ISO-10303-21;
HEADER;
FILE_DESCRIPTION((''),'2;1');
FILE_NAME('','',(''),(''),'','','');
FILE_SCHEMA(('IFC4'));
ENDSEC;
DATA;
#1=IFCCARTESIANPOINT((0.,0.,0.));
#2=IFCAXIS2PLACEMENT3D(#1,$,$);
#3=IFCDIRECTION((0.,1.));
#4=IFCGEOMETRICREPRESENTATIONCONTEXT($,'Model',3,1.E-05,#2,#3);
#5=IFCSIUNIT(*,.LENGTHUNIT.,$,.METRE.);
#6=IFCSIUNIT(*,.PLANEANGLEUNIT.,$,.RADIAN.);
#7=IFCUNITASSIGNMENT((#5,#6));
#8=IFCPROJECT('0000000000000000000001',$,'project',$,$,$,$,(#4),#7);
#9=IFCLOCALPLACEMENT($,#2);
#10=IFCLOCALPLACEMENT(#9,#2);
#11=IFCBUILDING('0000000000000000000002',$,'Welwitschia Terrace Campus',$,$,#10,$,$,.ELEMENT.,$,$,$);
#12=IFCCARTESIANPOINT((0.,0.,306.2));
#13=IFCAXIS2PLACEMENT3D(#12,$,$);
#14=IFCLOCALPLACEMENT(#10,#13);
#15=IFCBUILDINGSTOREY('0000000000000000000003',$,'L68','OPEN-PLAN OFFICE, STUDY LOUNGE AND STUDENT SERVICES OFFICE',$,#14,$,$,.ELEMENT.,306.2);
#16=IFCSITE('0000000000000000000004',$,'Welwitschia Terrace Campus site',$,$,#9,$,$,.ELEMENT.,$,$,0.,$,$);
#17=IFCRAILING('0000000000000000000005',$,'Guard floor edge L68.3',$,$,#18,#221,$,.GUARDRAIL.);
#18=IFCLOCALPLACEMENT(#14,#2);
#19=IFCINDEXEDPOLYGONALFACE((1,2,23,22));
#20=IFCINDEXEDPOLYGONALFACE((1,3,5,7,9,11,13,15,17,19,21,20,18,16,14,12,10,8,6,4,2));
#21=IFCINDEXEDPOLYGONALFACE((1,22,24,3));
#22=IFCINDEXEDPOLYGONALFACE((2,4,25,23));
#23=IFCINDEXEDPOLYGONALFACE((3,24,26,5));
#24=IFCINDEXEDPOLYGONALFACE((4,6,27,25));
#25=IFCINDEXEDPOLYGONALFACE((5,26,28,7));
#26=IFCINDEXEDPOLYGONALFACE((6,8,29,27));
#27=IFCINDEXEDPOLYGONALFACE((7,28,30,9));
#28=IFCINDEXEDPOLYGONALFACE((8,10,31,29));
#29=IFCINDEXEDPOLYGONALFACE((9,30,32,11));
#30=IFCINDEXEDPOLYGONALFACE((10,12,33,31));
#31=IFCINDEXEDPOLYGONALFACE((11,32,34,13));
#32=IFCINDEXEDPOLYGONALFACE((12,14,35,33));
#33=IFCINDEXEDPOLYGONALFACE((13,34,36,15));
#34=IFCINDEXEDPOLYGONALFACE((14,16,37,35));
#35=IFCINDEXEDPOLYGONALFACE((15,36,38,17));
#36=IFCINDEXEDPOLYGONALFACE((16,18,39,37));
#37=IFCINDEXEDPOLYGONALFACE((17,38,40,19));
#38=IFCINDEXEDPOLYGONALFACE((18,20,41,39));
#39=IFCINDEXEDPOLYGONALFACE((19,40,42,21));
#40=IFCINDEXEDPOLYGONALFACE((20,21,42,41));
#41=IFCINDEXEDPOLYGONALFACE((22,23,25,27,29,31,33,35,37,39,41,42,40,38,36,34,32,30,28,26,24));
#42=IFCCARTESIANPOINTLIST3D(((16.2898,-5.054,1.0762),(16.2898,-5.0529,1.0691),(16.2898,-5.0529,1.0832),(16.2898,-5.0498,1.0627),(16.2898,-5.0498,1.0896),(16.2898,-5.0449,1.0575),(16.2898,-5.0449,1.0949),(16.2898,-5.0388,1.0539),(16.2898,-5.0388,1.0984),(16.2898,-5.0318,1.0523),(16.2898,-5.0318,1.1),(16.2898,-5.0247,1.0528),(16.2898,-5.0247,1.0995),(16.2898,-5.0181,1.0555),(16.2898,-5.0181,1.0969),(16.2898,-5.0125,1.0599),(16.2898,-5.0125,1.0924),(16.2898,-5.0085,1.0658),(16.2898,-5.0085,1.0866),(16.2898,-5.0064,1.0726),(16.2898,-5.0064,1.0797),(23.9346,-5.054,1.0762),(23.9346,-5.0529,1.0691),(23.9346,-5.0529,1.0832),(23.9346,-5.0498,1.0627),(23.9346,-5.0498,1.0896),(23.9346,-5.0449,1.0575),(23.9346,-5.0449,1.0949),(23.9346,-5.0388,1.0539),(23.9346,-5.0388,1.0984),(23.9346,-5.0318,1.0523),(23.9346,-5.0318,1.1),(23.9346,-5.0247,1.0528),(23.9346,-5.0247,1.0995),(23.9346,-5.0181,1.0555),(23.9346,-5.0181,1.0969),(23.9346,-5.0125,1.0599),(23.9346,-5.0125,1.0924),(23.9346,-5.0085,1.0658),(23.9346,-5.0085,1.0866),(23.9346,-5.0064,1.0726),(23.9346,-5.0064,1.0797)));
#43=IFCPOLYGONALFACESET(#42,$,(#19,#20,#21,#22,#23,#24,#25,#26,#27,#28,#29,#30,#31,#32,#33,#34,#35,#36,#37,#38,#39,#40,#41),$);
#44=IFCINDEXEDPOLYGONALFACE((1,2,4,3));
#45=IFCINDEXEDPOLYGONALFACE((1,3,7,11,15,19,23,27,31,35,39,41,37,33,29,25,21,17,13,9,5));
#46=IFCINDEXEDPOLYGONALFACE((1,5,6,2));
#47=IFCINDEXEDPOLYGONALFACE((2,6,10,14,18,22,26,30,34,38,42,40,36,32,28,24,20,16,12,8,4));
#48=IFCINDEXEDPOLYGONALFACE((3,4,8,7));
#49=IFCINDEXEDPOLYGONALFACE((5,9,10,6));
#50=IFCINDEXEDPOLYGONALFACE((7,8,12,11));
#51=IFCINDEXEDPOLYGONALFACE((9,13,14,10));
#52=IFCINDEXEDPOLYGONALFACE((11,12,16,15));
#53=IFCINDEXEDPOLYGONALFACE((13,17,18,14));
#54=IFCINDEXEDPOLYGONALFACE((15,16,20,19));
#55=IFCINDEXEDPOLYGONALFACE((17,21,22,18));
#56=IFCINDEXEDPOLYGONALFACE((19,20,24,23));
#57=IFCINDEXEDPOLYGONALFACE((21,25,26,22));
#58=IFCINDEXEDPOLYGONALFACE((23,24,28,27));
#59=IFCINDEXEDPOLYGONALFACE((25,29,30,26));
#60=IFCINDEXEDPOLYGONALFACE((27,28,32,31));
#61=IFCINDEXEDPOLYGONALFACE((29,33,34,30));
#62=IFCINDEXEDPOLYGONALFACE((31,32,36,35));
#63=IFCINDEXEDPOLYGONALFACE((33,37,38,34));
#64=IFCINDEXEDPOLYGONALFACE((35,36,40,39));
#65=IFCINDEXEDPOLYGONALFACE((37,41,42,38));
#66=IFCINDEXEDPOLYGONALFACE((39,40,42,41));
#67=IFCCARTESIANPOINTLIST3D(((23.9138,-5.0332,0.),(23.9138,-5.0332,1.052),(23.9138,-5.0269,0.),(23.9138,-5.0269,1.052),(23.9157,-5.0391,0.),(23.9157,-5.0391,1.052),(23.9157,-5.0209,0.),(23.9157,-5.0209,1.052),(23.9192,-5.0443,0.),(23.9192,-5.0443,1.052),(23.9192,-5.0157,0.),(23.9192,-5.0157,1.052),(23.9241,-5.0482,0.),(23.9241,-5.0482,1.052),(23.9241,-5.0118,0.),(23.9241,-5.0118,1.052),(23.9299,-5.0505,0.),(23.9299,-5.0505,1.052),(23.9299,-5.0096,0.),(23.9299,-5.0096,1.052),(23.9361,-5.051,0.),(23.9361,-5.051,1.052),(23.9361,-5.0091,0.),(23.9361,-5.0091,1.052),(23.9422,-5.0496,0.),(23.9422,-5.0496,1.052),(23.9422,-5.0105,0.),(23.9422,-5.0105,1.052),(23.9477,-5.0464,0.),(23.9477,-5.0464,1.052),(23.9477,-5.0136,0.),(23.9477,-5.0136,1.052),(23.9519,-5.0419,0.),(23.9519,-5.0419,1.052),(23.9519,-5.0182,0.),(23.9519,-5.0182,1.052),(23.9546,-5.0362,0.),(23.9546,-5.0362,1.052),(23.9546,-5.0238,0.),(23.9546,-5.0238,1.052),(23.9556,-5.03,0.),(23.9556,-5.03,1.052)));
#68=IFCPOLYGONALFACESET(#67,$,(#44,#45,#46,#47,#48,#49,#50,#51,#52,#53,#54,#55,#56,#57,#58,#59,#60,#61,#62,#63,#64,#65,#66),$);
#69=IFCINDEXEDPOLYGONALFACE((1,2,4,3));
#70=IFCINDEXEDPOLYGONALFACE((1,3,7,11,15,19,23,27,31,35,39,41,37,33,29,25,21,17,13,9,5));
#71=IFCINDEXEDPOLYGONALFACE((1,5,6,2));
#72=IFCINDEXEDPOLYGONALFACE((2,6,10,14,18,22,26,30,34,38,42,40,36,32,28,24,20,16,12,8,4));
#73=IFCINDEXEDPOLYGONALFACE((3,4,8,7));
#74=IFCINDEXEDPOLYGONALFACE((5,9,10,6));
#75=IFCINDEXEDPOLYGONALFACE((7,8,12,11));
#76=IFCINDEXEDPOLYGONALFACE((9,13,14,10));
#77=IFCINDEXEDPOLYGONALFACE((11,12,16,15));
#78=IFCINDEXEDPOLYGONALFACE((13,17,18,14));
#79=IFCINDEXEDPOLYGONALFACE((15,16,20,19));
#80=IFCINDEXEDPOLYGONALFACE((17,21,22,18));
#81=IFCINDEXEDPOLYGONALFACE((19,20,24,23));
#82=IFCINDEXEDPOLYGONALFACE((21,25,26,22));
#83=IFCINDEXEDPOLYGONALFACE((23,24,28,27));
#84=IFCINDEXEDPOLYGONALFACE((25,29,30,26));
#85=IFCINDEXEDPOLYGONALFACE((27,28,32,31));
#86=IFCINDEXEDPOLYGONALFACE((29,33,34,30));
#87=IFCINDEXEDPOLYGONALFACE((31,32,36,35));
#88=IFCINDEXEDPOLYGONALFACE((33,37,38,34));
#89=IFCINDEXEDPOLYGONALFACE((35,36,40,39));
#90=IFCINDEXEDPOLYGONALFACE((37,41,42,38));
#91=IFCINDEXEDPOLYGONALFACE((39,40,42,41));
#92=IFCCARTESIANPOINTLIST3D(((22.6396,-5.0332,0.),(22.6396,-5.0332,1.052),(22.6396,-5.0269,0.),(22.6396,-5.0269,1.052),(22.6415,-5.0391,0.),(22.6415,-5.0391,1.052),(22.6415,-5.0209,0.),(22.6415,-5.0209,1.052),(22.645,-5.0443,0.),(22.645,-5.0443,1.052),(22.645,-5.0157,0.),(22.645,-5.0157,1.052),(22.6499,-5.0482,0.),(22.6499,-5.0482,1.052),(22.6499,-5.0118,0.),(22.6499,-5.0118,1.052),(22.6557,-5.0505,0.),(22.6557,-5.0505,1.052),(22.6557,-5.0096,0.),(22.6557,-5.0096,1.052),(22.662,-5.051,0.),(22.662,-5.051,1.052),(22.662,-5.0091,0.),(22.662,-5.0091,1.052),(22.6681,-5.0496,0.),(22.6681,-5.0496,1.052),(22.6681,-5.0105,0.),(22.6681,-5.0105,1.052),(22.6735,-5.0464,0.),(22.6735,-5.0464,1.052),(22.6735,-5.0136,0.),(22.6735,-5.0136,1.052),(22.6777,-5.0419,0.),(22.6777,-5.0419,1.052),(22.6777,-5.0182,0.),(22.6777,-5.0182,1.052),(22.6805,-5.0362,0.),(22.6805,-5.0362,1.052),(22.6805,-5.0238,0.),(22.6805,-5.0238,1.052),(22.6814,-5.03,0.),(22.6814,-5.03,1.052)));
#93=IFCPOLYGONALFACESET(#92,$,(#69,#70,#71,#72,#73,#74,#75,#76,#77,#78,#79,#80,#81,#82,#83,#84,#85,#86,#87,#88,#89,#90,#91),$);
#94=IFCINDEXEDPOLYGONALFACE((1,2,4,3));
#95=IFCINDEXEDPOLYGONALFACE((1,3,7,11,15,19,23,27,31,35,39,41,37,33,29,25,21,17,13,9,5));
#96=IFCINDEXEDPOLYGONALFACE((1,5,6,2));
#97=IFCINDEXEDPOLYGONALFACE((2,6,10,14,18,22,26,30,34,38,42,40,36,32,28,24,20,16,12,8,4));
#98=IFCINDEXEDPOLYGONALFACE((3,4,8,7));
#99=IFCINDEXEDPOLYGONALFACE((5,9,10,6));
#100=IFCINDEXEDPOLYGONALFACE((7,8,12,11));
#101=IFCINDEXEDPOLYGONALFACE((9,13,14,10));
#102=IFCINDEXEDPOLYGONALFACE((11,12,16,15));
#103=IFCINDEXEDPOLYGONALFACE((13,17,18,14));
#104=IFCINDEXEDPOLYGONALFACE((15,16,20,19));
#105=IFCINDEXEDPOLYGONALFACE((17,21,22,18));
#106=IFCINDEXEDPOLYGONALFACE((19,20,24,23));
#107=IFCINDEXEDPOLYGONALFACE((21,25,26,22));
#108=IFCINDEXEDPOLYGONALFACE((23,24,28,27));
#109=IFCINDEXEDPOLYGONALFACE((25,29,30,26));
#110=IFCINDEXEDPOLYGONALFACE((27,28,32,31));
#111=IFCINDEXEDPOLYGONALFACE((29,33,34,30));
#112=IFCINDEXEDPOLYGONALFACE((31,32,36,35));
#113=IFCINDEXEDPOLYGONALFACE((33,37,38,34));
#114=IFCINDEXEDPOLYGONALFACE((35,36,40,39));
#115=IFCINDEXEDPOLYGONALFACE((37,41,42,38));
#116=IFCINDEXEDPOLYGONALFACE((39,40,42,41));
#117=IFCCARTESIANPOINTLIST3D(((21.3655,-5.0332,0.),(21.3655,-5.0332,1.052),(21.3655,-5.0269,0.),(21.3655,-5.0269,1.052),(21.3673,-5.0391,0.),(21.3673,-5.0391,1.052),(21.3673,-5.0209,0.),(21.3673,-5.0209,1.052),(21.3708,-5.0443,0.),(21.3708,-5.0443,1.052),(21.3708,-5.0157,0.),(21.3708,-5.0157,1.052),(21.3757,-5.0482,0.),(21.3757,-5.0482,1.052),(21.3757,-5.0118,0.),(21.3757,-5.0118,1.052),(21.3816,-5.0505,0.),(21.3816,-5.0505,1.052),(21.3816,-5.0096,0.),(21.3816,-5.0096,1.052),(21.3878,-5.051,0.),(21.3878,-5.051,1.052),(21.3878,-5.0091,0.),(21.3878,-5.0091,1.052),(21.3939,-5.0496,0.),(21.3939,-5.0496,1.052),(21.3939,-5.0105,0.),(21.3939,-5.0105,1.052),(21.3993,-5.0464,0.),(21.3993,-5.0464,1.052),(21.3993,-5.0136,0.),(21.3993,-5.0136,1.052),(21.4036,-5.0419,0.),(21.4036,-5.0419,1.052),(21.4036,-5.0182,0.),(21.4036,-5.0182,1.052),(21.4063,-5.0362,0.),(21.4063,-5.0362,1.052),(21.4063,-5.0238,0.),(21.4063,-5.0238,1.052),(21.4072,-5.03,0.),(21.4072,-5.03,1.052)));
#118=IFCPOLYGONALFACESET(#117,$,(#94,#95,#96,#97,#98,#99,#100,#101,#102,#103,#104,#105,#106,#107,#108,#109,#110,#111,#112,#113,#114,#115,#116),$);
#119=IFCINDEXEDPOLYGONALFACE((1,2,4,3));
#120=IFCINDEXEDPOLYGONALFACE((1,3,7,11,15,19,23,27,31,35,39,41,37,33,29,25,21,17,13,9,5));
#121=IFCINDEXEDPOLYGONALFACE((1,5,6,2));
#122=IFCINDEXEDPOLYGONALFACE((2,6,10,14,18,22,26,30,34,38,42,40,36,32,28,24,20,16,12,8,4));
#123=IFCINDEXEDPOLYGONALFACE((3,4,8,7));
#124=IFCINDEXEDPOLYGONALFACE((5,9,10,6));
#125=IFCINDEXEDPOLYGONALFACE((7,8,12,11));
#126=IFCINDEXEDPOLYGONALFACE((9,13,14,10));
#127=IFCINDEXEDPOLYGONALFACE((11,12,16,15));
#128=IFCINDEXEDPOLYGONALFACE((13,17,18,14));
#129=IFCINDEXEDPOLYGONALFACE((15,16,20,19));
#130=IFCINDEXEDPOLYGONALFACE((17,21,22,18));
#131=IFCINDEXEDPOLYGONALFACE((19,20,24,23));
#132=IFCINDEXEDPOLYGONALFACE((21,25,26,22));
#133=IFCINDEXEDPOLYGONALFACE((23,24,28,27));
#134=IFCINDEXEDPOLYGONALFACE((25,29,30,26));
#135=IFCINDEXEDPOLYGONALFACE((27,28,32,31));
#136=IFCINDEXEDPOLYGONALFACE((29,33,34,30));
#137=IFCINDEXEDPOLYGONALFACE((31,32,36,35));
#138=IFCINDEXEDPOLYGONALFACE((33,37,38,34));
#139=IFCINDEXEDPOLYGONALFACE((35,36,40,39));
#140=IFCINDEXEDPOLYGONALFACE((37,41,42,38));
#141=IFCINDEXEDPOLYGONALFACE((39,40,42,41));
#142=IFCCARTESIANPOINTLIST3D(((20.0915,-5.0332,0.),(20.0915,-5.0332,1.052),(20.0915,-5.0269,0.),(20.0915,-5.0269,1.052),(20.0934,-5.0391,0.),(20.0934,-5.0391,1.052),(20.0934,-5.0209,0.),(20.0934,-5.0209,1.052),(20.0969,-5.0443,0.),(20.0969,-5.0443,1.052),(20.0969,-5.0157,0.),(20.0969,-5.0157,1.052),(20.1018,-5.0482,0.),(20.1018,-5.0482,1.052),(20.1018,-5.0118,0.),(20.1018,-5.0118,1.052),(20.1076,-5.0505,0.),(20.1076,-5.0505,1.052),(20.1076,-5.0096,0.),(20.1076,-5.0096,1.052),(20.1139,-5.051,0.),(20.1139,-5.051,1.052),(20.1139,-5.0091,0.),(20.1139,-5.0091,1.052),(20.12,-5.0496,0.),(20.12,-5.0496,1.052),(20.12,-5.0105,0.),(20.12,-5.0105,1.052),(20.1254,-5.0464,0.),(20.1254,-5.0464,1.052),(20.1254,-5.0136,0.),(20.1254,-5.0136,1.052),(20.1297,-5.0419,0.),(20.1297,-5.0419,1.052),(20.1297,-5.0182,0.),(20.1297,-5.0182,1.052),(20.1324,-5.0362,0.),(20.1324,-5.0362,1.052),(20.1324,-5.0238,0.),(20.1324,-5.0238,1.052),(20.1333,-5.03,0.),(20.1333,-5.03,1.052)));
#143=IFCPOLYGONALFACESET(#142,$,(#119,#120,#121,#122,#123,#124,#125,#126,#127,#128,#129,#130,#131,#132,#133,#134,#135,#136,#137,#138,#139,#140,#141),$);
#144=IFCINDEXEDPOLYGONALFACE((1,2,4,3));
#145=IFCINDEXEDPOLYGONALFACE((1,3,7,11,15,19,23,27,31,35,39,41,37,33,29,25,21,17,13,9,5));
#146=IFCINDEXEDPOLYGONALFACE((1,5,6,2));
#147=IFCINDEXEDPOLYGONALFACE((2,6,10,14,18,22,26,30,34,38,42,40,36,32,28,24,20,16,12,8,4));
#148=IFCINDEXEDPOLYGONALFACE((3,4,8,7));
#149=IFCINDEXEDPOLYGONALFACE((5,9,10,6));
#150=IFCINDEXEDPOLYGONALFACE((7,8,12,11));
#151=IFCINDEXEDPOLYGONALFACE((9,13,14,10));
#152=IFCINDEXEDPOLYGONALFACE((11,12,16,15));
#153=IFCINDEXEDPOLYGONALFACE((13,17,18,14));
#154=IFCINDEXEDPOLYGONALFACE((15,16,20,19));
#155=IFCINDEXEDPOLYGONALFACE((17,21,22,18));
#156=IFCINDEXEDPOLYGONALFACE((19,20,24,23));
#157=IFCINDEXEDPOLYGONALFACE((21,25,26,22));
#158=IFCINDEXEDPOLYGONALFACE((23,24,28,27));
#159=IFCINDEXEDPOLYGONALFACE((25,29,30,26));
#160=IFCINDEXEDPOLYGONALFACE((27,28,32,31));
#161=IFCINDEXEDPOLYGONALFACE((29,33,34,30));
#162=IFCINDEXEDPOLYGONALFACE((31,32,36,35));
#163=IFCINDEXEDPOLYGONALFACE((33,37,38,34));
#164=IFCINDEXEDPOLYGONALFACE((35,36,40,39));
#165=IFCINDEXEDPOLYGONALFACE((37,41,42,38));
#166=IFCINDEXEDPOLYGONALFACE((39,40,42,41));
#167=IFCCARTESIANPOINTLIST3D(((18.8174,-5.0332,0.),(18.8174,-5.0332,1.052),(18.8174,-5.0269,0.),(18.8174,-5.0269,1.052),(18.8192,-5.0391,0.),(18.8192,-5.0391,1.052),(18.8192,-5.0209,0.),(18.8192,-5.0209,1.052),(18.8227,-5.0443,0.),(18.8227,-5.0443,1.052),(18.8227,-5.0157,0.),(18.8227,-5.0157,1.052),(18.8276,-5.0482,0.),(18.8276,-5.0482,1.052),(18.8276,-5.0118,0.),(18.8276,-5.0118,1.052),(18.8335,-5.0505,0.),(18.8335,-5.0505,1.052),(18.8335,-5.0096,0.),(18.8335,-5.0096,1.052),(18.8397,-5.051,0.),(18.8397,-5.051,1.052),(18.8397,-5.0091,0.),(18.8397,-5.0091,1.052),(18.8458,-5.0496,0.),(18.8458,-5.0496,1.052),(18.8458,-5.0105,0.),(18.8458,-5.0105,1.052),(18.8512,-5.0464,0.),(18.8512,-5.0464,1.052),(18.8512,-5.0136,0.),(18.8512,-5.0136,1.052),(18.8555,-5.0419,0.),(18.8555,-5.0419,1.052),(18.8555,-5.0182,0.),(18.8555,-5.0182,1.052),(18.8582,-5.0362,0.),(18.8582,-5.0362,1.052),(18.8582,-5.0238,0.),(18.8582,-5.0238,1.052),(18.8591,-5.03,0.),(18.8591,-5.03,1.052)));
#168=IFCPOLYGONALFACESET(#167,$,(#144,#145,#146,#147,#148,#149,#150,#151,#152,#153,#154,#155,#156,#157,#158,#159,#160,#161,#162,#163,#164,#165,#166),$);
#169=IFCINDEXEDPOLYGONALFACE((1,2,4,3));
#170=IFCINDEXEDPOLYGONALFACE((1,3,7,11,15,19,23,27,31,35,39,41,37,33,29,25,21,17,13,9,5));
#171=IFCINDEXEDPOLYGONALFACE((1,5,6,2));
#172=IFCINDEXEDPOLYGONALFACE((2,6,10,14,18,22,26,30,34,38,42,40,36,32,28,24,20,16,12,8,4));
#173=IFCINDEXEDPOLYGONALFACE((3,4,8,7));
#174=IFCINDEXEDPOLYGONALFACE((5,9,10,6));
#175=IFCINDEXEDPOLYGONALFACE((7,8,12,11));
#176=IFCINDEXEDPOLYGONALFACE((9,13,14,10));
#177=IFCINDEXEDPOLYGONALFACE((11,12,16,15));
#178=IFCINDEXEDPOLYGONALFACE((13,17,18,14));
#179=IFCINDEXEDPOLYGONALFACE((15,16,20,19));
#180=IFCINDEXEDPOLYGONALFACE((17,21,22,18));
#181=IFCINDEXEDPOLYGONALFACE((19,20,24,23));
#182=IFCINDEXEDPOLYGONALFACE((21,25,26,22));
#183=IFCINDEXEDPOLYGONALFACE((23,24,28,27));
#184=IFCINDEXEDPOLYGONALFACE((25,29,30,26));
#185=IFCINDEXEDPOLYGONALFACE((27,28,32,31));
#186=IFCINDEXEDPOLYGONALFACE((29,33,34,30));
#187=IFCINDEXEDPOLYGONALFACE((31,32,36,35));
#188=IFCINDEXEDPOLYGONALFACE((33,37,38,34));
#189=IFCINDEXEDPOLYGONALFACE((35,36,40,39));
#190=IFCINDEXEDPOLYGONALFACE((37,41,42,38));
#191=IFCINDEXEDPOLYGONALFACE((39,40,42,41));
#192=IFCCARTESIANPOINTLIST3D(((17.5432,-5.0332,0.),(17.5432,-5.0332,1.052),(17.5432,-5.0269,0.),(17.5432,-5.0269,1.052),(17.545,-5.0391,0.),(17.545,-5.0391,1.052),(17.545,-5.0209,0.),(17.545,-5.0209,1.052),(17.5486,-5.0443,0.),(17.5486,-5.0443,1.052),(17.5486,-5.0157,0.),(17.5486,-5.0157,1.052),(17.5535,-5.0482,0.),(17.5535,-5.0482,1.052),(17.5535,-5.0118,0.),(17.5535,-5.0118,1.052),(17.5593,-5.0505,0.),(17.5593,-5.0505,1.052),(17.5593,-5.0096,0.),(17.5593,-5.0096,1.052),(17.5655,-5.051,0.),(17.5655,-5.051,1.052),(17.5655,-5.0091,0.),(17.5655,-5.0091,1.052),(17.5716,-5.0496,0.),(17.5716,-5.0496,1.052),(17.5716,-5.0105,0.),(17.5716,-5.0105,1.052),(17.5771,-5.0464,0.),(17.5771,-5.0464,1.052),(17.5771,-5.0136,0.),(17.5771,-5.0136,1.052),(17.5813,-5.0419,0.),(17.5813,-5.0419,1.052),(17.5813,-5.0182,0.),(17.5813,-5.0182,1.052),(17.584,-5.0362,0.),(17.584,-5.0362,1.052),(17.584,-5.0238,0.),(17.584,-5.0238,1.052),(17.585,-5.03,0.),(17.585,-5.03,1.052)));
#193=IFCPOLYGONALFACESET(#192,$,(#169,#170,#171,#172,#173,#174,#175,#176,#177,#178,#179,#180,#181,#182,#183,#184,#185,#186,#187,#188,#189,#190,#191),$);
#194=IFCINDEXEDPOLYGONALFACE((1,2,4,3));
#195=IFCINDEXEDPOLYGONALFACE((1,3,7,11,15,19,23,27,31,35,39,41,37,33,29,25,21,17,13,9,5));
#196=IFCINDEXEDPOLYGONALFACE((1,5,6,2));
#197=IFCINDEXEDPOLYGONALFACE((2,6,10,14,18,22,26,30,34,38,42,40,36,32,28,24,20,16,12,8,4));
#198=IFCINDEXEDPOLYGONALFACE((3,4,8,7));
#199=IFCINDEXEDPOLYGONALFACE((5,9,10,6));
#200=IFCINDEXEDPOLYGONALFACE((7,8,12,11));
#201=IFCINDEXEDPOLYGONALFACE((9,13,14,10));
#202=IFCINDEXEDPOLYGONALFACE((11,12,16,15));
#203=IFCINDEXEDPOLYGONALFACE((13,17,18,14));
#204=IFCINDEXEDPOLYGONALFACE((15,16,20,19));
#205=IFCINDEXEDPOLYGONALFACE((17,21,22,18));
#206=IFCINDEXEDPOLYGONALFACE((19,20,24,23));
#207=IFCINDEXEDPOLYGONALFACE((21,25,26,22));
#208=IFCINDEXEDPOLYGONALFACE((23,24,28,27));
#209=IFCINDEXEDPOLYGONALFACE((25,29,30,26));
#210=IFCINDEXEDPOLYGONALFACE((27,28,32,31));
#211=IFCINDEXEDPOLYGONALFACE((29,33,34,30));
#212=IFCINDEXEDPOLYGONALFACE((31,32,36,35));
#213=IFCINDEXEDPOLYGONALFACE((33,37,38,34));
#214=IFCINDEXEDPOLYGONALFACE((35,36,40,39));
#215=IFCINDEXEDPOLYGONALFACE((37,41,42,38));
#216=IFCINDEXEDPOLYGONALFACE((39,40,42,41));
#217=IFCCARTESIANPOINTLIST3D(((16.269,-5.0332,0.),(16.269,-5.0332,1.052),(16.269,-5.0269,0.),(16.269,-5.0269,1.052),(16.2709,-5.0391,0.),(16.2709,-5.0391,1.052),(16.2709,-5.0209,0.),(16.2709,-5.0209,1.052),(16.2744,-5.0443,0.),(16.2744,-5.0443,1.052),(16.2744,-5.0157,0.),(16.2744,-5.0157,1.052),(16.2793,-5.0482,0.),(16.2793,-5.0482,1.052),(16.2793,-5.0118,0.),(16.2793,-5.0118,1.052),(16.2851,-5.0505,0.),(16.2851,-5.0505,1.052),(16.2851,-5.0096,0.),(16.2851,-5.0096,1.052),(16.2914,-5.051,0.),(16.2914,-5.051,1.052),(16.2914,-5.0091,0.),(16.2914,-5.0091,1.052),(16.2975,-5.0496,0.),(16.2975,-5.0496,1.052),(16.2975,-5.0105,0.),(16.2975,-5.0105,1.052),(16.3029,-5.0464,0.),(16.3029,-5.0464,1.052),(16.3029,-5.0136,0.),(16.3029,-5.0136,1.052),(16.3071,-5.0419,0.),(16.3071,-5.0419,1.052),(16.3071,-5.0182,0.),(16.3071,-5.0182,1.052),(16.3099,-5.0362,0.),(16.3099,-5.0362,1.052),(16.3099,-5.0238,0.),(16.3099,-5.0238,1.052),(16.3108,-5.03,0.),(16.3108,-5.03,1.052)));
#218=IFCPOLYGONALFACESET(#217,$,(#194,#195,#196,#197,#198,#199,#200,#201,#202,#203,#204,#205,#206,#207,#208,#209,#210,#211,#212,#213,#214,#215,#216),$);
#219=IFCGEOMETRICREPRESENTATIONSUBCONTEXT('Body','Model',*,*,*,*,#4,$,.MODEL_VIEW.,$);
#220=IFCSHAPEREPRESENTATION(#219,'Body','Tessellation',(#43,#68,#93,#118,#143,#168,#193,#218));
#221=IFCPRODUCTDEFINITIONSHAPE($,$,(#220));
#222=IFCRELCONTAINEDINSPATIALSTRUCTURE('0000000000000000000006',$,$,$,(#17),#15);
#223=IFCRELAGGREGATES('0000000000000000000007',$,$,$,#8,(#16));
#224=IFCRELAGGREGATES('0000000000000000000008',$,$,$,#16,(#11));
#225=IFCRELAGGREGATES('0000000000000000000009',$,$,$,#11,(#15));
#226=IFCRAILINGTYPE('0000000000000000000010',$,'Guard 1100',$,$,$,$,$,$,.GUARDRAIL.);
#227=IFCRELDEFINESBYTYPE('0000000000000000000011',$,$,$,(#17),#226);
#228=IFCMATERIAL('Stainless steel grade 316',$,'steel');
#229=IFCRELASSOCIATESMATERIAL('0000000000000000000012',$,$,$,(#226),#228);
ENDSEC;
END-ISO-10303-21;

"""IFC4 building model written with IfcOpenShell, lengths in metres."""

from ifc_helpers import new_model, si_unit, direction, frame, origin, origin_2d, place, context, subcontext, project, spatial, circle, extrude, material, type_object, element, save


model = new_model("IFC4")

# Units and contexts
model_context = context("Model", 3, precision=1e-05, world=origin(), true_north=direction((0.0, 1.0)))
body_context = subcontext(model_context, "Body", "Model", "MODEL_VIEW")
ifc_project = project(units=[si_unit("LENGTHUNIT", "METRE"), si_unit("PLANEANGLEUNIT", "RADIAN")], contexts=[model_context])

# Site, building, storey
site_placement = place(None, origin())
site = spatial("IfcSite", under=ifc_project, at=site_placement, Name="Welwitschia Terrace Campus site", CompositionType="ELEMENT", RefElevation=0.0)
building_placement = place(site_placement, origin())
building = spatial("IfcBuilding", under=site, at=building_placement, Name="Welwitschia Terrace Campus", CompositionType="ELEMENT")
storey_placement = place(building_placement, frame((0.0, 0.0, 306.2)))
storey = spatial("IfcBuildingStorey", under=building, at=storey_placement, Name="L68", Description="OPEN-PLAN OFFICE, STUDY LOUNGE AND STUDENT SERVICES OFFICE", CompositionType="ELEMENT", Elevation=306.2)

# Railing
ifc_material_1 = material(Name="Stainless steel grade 316", Category="steel")
railing_type_1 = type_object("IfcRailingType", Name="Guard 1100", PredefinedType="GUARDRAIL", material=ifc_material_1)
railing_1_placement = place(storey_placement, frame((23.9346, -5.03, 0.0)))
element("IfcRailing", 1, at=railing_1_placement, inside=storey, type_object=railing_type_1, Name="Guard floor edge L68.3", PredefinedType="GUARDRAIL", context=body_context, shape_type="SweptSolid", body=[
    extrude(circle(Radius=0.0239, at=origin_2d()), frame((0.0, 0.0, 1.0762), z_axis=(-1.0, 0.0, 0.0), x_axis=(0.0, -1.0, 0.0)), (0.0, 0.0, 1.0), 7.6448),
    extrude(circle(Radius=0.021, at=origin_2d()), origin(), (0.0, 0.0, 1.0), 1.052),
    extrude(circle(Radius=0.021, at=origin_2d()), frame((-1.2742, 0.0, 0.0)), (0.0, 0.0, 1.0), 1.052),
    extrude(circle(Radius=0.021, at=origin_2d()), frame((-2.5483, 0.0, 0.0)), (0.0, 0.0, 1.0), 1.052),
    extrude(circle(Radius=0.021, at=origin_2d()), frame((-3.8223, 0.0, 0.0)), (0.0, 0.0, 1.0), 1.052),
    extrude(circle(Radius=0.021, at=origin_2d()), frame((-5.0964, 0.0, 0.0)), (0.0, 0.0, 1.0), 1.052),
    extrude(circle(Radius=0.021, at=origin_2d()), frame((-6.3706, 0.0, 0.0)), (0.0, 0.0, 1.0), 1.052),
    extrude(circle(Radius=0.021, at=origin_2d()), frame((-7.6448, 0.0, 0.0)), (0.0, 0.0, 1.0), 1.052),
])

save(model, "model.ifc")
